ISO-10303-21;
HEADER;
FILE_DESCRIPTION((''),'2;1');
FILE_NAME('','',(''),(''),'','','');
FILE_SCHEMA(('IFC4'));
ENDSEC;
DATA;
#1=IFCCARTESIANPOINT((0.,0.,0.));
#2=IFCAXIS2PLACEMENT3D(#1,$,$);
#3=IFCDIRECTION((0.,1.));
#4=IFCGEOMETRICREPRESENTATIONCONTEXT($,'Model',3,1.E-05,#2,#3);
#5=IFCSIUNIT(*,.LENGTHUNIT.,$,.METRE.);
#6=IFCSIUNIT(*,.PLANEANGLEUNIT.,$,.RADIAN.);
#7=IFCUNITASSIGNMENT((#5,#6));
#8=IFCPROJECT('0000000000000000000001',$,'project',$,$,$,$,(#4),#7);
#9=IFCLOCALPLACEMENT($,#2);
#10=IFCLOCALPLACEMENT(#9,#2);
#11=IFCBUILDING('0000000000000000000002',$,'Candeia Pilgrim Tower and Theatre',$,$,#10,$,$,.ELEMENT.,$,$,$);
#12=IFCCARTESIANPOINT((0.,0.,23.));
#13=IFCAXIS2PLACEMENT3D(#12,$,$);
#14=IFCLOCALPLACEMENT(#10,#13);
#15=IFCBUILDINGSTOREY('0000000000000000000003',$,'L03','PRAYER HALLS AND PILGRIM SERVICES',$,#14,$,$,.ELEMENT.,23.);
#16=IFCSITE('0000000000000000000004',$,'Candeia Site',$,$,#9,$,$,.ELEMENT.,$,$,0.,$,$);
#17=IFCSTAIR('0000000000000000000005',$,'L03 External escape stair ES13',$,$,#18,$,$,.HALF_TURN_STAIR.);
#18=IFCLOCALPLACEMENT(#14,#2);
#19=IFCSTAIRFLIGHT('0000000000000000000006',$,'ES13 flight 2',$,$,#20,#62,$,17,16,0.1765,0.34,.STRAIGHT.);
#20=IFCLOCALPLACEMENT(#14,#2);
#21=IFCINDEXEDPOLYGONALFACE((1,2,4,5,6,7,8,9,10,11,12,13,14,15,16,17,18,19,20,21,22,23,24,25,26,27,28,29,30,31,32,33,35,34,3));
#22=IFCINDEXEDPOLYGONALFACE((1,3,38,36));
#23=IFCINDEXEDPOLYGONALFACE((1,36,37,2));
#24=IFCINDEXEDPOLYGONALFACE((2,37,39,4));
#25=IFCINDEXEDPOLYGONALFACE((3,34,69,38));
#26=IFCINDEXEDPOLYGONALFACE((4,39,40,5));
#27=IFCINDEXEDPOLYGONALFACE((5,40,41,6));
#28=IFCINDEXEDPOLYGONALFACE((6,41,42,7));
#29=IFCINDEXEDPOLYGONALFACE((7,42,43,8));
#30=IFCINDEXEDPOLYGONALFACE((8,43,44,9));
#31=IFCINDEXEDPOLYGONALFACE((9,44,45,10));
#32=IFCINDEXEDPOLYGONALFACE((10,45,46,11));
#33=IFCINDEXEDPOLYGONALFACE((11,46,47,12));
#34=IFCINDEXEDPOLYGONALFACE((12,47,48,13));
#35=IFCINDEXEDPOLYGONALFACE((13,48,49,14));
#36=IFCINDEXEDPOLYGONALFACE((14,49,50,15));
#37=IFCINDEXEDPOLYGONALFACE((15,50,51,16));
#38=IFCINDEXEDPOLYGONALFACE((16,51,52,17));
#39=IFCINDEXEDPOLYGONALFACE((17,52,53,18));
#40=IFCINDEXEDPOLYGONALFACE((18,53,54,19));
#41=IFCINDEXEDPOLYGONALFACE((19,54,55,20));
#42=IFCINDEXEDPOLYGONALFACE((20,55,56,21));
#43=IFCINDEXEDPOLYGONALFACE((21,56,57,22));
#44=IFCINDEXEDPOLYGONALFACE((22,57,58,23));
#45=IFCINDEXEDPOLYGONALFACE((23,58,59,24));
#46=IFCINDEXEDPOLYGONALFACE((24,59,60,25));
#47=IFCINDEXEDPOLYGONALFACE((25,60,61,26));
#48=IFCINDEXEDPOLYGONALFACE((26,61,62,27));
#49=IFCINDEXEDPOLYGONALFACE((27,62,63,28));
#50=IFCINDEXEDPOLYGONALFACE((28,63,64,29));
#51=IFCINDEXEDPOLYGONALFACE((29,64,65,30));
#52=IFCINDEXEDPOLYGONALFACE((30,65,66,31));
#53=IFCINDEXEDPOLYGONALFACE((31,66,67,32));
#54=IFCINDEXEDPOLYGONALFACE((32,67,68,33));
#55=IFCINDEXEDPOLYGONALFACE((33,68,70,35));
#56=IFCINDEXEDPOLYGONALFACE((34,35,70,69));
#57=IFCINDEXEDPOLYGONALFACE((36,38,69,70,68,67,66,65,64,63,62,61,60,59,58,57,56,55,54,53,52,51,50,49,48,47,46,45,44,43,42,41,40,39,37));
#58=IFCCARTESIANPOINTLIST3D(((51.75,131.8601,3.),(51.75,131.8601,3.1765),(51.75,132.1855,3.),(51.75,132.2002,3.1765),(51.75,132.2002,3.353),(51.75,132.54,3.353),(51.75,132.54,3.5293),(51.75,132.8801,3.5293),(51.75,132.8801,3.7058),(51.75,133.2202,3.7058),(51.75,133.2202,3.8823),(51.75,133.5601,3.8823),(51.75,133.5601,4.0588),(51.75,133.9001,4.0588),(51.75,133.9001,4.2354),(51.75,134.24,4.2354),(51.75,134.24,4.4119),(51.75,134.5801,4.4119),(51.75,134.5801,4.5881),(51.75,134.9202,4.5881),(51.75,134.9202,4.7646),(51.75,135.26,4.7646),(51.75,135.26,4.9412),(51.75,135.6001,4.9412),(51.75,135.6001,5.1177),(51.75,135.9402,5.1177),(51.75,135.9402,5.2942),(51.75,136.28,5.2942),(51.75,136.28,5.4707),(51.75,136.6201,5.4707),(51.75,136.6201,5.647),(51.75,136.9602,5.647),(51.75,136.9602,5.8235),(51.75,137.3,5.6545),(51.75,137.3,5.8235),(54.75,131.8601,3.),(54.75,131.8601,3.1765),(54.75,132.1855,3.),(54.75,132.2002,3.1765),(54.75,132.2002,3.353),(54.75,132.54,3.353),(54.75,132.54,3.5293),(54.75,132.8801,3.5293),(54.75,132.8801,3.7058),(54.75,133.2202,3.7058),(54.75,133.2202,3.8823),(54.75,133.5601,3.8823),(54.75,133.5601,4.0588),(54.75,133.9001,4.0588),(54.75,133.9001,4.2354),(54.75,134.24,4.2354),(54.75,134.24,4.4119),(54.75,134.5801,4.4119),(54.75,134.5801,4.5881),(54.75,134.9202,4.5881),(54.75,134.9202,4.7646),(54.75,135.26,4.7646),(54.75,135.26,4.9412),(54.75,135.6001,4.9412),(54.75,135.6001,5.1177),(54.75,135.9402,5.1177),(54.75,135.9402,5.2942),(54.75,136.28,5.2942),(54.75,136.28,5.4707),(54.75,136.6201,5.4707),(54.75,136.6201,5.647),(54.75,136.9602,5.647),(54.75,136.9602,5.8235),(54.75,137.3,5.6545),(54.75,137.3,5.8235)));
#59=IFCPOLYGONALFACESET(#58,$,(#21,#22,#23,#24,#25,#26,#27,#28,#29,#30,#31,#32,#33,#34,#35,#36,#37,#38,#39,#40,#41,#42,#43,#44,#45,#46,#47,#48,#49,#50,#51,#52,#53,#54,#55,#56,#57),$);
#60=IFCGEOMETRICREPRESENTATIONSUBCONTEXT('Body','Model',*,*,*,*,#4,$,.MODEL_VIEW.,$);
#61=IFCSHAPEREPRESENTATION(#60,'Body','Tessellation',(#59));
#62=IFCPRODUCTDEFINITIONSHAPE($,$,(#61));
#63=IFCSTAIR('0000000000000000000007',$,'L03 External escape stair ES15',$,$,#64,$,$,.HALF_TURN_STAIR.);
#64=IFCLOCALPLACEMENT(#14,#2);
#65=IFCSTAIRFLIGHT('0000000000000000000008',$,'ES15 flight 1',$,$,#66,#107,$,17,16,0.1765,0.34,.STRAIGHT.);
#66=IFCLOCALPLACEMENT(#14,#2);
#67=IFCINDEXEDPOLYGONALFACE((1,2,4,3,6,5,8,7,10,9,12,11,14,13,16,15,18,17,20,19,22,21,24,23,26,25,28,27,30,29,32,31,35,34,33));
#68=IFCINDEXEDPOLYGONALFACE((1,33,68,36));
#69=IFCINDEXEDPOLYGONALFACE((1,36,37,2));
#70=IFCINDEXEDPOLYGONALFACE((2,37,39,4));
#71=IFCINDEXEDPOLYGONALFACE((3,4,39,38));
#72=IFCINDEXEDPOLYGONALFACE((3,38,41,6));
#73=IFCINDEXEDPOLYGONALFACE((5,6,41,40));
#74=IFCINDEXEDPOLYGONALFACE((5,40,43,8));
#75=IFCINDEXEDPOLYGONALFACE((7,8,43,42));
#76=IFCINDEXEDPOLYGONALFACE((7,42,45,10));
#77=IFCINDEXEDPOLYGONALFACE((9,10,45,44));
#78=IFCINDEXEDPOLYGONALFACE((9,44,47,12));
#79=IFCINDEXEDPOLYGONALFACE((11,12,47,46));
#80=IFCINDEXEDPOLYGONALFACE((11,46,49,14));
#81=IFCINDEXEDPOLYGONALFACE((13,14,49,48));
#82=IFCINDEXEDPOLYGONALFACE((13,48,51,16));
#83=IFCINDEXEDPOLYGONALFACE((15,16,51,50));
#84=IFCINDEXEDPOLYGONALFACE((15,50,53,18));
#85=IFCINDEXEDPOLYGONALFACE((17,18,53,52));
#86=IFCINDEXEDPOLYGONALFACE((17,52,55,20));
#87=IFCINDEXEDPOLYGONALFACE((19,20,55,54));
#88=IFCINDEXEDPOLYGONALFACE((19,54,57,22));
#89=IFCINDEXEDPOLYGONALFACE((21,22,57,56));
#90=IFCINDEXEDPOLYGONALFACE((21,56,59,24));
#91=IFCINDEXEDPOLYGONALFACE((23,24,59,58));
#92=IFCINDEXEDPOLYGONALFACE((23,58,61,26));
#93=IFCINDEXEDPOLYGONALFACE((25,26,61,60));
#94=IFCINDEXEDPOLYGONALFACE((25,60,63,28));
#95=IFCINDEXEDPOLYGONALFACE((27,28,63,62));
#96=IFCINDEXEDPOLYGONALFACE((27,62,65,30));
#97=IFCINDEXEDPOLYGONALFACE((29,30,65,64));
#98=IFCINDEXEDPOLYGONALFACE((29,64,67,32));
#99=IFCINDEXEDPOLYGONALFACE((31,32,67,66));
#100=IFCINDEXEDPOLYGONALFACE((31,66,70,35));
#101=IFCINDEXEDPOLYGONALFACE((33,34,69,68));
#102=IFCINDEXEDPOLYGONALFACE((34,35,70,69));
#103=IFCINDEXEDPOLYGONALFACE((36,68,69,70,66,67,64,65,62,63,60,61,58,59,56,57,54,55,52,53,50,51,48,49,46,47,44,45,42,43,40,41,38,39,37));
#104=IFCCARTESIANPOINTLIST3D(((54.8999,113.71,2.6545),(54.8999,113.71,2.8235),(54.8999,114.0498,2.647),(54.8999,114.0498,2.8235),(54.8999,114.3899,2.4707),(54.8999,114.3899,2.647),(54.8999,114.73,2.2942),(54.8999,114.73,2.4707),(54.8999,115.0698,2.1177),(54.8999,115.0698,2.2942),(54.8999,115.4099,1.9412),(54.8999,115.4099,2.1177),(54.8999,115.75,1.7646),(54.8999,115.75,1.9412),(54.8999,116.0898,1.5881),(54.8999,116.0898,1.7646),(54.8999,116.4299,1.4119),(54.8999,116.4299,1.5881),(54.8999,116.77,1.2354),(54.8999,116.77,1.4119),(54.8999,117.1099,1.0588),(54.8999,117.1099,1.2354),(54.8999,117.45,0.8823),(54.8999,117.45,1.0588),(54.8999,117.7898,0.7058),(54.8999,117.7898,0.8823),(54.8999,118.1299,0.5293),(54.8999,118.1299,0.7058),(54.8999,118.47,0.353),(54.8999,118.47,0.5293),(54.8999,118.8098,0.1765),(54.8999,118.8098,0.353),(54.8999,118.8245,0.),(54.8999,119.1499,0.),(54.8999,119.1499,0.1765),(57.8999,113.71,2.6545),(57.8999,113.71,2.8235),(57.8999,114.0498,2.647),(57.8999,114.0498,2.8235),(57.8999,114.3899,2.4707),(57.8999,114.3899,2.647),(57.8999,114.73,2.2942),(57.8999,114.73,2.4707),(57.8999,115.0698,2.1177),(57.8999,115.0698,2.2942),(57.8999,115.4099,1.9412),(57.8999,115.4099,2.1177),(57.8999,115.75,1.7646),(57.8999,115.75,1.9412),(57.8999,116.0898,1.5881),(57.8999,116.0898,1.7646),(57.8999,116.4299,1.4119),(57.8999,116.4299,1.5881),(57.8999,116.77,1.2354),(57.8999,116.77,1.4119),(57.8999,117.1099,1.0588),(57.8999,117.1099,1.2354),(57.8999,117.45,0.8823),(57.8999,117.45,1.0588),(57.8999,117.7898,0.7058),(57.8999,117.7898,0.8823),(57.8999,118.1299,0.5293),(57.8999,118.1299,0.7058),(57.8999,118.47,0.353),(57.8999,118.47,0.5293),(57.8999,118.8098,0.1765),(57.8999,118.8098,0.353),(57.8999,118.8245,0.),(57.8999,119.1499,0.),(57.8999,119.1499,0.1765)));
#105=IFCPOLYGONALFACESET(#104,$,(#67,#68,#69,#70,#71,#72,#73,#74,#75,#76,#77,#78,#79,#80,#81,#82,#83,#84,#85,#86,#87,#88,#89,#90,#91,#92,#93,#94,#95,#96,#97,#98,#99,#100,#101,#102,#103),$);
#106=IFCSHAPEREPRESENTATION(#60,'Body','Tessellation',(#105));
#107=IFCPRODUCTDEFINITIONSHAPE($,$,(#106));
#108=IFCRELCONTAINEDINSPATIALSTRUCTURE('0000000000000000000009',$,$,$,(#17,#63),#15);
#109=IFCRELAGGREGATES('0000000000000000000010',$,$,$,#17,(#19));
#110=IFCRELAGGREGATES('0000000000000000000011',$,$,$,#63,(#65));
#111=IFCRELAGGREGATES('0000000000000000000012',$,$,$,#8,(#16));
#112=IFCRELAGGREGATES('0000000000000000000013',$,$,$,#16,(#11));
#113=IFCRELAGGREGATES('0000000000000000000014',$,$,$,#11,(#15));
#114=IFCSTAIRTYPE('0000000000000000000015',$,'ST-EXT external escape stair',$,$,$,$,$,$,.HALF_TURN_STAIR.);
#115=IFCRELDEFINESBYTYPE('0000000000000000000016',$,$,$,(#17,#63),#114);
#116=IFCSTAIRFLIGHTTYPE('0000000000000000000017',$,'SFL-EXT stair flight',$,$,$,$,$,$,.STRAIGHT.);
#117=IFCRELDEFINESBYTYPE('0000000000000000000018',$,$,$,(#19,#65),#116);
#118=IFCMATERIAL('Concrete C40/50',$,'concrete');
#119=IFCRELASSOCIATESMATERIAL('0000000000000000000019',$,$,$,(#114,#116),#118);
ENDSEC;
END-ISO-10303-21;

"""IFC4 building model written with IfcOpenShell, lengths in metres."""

from ifc_helpers import new_model, si_unit, direction, frame, origin, place, context, subcontext, project, spatial, polyline, outline, extrude, material, type_object, element, aggregate, save


model = new_model("IFC4")

# Units and contexts
model_context = context("Model", 3, precision=1e-05, world=origin(), true_north=direction((0.0, 1.0)))
body_context = subcontext(model_context, "Body", "Model", "MODEL_VIEW")
ifc_project = project(units=[si_unit("LENGTHUNIT", "METRE"), si_unit("PLANEANGLEUNIT", "RADIAN")], contexts=[model_context])

# Site, building, storey
site_placement = place(None, origin())
site = spatial("IfcSite", under=ifc_project, at=site_placement, Name="Candeia Site", CompositionType="ELEMENT", RefElevation=0.0)
building_placement = place(site_placement, origin())
building = spatial("IfcBuilding", under=site, at=building_placement, Name="Candeia Pilgrim Tower and Theatre", CompositionType="ELEMENT")
storey_placement = place(building_placement, frame((0.0, 0.0, 23.0)))
storey = spatial("IfcBuildingStorey", under=building, at=storey_placement, Name="L03", Description="PRAYER HALLS AND PILGRIM SERVICES", CompositionType="ELEMENT", Elevation=23.0)

# Shared definitions
ifc_material_1 = material(Name="Concrete C40/50", Category="concrete")

# Stair, stair flight
stair_type = type_object("IfcStairType", Name="ST-EXT external escape stair", PredefinedType="HALF_TURN_STAIR", material=ifc_material_1)
stair_1_placement = place(storey_placement, origin())
stair_1 = element("IfcStair", 1, at=stair_1_placement, inside=storey, type_object=stair_type, Name="L03 External escape stair ES13", PredefinedType="HALF_TURN_STAIR")
stair_flight_type = type_object("IfcStairFlightType", Name="SFL-EXT stair flight", PredefinedType="STRAIGHT", material=ifc_material_1)
stair_flight_1_placement = place(storey_placement, frame((53.25, 131.8601, 3.0), z_axis=(0.0, 0.0, 1.0), x_axis=(0.0, 1.0, 0.0)))
stair_flight_1 = element("IfcStairFlight", 2, at=stair_flight_1_placement, type_object=stair_flight_type, Name="ES13 flight 2", NumberOfRisers=17, NumberOfTreads=16, PredefinedType="STRAIGHT", RiserHeight=0.1765, TreadLength=0.34, context=body_context, shape_type="SweptSolid", body=[
    extrude(outline(polyline([(0.0, 0.0), (0.0, 0.1765), (0.3401, 0.1765), (0.3401, 0.353), (0.6799, 0.353), (0.6799, 0.5293), (1.02, 0.5293), (1.02, 0.7058), (1.3601, 0.7058), (1.3601, 0.8823), (1.7, 0.8823), (1.7, 1.0588), (2.04, 1.0588), (2.04, 1.2354), (2.3799, 1.2354), (2.3799, 1.4119), (2.72, 1.4119), (2.72, 1.5881), (3.0601, 1.5881), (3.0601, 1.7646), (3.3999, 1.7646), (3.3999, 1.9412), (3.74, 1.9412), (3.74, 2.1177), (4.0801, 2.1177), (4.0801, 2.2942), (4.4199, 2.2942), (4.4199, 2.4707), (4.76, 2.4707), (4.76, 2.647), (5.1001, 2.647), (5.1001, 2.8235), (5.4399, 2.8235), (5.4399, 3.0), (5.4399, 2.6545), (0.3254, 0.0), (0.0, 0.0)])), frame((0.0, 1.5, 0.0), z_axis=(0.0, -1.0, 0.0), x_axis=(1.0, 0.0, 0.0)), (0.0, 0.0, 1.0), 3.0),
])
aggregate(stair_1, [stair_flight_1])

# Stair, stair flight
stair_2_placement = place(storey_placement, origin())
stair_2 = element("IfcStair", 3, at=stair_2_placement, inside=storey, type_object=stair_type, Name="L03 External escape stair ES15", PredefinedType="HALF_TURN_STAIR")
stair_flight_2_placement = place(storey_placement, frame((56.3999, 119.1499, 0.0), z_axis=(0.0, 0.0, 1.0), x_axis=(0.0, -1.0, 0.0)))
stair_flight_2 = element("IfcStairFlight", 4, at=stair_flight_2_placement, type_object=stair_flight_type, Name="ES15 flight 1", NumberOfRisers=17, NumberOfTreads=16, PredefinedType="STRAIGHT", RiserHeight=0.1765, TreadLength=0.34, context=body_context, shape_type="SweptSolid", body=[
    extrude(outline(polyline([(0.0, 0.0), (0.0, 0.1765), (0.3401, 0.1765), (0.3401, 0.353), (0.6799, 0.353), (0.6799, 0.5293), (1.02, 0.5293), (1.02, 0.7058), (1.3601, 0.7058), (1.3601, 0.8823), (1.7, 0.8823), (1.7, 1.0588), (2.04, 1.0588), (2.04, 1.2354), (2.3799, 1.2354), (2.3799, 1.4119), (2.72, 1.4119), (2.72, 1.5881), (3.0601, 1.5881), (3.0601, 1.7646), (3.3999, 1.7646), (3.3999, 1.9412), (3.74, 1.9412), (3.74, 2.1177), (4.0801, 2.1177), (4.0801, 2.2942), (4.4199, 2.2942), (4.4199, 2.4707), (4.76, 2.4707), (4.76, 2.647), (5.1001, 2.647), (5.1001, 2.8235), (5.4399, 2.8235), (5.4399, 3.0), (5.4399, 2.6545), (0.3254, 0.0), (0.0, 0.0)])), frame((0.0, 1.5, 0.0), z_axis=(0.0, -1.0, 0.0), x_axis=(1.0, 0.0, 0.0)), (0.0, 0.0, 1.0), 3.0),
])
aggregate(stair_2, [stair_flight_2])

save(model, "model.ifc")
